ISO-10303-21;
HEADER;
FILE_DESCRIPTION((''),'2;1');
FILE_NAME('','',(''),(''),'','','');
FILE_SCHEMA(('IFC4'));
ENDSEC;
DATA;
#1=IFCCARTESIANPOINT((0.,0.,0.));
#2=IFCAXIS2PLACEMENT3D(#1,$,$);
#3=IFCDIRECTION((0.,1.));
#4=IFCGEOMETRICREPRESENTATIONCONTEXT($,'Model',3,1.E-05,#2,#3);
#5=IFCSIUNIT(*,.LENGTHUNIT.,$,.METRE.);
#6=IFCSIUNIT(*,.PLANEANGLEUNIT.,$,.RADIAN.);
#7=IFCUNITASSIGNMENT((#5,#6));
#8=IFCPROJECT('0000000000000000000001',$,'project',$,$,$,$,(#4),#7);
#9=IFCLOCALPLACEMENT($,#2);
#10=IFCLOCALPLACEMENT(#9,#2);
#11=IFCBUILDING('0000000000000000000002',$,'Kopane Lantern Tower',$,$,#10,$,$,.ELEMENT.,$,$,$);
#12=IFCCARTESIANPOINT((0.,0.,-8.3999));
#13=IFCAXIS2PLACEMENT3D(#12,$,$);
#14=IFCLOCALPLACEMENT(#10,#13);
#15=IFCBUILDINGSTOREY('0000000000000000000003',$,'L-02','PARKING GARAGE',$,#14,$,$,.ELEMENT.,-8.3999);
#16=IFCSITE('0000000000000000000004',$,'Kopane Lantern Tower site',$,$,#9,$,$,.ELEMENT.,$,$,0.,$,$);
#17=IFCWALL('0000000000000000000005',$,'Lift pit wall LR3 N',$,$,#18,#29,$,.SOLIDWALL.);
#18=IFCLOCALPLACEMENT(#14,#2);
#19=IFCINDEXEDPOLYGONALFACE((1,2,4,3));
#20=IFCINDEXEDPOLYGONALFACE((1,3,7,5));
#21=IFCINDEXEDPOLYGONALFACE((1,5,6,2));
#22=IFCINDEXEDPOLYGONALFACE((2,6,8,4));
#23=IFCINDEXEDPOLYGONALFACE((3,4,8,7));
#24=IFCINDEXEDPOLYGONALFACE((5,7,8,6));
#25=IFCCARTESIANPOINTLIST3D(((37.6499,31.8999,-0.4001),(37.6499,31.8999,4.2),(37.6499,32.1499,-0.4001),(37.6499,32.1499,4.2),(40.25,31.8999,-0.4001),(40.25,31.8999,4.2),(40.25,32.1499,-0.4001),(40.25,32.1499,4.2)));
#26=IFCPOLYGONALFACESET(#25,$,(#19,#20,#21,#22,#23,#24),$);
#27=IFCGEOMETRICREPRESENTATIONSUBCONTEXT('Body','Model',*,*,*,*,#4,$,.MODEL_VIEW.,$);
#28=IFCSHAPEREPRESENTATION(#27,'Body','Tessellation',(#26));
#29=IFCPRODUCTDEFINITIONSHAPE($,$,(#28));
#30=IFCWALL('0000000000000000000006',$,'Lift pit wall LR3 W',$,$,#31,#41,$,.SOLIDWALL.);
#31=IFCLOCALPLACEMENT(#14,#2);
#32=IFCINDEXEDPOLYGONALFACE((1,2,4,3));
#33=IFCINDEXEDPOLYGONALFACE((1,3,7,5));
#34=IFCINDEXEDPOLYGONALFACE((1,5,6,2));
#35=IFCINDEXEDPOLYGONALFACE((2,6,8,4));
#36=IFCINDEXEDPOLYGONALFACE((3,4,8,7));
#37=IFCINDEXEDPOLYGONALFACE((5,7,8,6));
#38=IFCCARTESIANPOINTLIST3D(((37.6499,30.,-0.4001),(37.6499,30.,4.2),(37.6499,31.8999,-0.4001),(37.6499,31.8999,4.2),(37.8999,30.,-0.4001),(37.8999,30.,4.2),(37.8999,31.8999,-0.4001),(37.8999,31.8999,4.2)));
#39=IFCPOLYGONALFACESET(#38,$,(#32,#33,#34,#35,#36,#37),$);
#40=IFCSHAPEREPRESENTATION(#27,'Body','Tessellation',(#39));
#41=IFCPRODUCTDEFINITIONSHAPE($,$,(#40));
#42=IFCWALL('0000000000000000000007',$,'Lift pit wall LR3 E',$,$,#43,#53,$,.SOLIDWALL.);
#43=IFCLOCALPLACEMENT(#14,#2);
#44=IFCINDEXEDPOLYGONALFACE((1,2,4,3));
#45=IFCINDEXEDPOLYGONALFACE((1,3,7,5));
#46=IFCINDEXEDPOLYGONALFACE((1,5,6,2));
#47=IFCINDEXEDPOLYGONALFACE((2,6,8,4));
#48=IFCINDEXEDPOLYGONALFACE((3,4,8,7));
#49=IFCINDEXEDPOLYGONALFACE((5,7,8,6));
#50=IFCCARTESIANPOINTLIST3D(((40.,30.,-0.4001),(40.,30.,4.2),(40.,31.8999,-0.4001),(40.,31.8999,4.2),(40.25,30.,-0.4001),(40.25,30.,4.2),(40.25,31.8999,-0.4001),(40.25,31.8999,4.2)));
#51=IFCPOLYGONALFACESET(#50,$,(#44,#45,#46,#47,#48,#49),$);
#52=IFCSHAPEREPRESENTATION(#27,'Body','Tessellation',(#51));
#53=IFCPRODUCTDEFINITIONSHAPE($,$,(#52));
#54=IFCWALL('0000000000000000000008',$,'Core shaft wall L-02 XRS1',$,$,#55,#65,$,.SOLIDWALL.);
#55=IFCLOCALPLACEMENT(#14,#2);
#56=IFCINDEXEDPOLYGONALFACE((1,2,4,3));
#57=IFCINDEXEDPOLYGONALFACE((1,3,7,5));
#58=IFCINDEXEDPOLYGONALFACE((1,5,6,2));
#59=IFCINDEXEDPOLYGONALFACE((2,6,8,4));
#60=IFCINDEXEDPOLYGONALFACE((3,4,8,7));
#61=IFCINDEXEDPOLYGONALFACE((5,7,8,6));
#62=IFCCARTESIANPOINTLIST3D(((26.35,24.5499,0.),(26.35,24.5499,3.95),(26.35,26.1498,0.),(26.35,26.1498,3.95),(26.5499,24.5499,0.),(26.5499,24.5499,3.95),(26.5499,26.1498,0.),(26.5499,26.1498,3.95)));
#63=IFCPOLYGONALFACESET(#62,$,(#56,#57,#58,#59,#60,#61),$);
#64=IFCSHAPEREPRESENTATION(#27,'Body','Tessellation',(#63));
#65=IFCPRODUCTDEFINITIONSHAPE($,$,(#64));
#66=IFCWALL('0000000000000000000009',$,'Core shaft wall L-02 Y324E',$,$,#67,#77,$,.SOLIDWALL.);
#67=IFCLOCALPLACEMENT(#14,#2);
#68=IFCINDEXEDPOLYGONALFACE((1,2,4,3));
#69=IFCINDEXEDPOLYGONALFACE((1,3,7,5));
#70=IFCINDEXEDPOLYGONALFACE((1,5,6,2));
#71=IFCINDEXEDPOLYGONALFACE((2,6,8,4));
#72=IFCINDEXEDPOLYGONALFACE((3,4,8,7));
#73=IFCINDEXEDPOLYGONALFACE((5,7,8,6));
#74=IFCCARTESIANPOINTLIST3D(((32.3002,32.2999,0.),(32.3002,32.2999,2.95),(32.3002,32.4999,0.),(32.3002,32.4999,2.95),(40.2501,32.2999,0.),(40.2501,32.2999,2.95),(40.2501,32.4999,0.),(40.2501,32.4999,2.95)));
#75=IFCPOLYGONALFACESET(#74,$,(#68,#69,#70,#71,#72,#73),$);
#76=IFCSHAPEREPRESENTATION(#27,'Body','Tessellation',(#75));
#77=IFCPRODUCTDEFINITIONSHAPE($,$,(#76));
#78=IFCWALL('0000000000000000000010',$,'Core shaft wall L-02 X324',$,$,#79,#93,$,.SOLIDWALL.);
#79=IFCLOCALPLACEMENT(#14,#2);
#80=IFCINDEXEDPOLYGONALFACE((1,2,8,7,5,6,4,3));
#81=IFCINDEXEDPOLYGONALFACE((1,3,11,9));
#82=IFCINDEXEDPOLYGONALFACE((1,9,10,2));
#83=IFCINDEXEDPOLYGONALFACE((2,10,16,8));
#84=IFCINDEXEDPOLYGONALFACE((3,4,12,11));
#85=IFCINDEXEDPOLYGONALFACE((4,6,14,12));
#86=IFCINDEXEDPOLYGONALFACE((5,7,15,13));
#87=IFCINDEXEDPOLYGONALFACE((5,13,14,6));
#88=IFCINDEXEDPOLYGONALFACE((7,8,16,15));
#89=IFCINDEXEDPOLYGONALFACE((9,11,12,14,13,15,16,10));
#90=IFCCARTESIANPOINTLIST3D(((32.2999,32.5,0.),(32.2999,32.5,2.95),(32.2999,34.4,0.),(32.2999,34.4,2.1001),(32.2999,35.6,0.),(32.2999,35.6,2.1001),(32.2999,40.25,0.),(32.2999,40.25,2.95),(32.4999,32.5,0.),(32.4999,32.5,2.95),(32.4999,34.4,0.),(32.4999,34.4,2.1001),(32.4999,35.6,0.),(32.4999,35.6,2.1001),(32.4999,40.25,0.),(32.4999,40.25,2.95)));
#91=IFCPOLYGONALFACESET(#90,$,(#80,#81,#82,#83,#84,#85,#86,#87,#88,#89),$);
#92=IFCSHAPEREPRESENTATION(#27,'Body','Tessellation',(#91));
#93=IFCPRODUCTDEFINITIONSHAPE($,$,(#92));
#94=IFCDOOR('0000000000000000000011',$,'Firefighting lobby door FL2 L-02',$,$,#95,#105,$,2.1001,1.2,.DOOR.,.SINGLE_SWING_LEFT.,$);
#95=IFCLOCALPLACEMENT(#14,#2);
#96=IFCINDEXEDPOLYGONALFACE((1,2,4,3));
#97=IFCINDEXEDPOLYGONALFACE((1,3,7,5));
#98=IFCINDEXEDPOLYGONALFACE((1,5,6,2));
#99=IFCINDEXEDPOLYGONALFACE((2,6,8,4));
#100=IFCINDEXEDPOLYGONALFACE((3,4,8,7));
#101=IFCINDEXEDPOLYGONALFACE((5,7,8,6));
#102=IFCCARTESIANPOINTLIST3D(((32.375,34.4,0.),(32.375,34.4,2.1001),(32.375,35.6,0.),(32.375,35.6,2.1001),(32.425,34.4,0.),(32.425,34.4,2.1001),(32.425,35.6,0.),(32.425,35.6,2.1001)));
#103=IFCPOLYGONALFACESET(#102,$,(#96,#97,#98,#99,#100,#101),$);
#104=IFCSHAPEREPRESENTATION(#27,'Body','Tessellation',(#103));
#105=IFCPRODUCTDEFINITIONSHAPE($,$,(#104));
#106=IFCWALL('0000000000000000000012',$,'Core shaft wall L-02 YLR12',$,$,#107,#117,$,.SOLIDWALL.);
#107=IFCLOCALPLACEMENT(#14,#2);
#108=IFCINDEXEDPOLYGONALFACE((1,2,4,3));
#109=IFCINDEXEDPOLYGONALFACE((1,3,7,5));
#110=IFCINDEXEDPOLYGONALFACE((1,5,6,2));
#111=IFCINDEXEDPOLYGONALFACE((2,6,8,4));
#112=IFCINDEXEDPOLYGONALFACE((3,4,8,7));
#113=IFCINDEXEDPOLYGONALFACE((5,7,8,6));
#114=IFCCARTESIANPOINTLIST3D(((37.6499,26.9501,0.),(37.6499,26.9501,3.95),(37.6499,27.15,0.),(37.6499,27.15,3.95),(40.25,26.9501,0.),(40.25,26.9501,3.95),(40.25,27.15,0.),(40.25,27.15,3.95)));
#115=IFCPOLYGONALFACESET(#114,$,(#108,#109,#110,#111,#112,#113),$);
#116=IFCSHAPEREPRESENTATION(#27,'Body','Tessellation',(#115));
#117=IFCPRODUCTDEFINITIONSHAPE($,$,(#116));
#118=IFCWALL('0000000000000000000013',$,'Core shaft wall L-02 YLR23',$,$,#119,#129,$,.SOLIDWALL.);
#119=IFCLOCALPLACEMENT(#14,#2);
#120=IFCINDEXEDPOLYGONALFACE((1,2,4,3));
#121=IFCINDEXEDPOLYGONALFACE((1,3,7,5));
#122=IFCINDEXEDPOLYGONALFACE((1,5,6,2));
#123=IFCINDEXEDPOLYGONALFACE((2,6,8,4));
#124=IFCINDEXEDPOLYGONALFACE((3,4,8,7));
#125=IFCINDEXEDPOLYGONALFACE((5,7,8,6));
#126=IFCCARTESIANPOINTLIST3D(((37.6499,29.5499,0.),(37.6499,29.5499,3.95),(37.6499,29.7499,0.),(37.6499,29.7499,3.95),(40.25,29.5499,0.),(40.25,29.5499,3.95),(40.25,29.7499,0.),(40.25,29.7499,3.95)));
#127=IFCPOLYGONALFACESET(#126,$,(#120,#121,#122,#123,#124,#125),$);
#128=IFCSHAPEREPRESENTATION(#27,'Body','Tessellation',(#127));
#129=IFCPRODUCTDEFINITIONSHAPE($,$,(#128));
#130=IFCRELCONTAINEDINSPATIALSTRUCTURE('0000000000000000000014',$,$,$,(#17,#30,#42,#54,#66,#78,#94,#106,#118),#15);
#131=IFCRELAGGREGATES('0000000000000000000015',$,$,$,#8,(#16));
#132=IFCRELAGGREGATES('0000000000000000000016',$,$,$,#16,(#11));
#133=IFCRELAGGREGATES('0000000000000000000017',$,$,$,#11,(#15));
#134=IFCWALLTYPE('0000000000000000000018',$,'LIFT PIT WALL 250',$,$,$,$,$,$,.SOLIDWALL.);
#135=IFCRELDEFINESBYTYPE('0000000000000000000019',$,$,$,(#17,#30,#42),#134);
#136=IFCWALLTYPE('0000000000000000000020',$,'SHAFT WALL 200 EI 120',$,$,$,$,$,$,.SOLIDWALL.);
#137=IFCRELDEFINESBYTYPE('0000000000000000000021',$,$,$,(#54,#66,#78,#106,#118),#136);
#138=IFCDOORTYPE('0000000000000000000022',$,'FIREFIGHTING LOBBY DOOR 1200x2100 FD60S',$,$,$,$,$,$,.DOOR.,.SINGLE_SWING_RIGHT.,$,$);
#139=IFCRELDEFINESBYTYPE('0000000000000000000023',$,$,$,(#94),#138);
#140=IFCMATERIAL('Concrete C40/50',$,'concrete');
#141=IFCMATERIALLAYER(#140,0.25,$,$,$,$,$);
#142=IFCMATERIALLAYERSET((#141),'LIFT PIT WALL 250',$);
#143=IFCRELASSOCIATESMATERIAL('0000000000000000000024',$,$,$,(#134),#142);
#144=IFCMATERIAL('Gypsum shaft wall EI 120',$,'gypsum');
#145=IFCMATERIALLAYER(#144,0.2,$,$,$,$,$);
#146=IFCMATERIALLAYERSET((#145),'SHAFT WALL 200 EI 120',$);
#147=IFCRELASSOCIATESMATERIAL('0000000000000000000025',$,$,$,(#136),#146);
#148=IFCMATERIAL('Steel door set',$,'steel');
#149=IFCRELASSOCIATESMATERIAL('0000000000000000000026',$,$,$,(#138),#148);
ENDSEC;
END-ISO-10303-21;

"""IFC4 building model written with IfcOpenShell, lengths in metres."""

from ifc_helpers import new_model, si_unit, direction, frame, frame_2d, origin, place, context, subcontext, project, spatial, rectangle, extrude, material, layer, layer_set, type_object, element, fill, save


model = new_model("IFC4")

# Units and contexts
model_context = context("Model", 3, precision=1e-05, world=origin(), true_north=direction((0.0, 1.0)))
body_context = subcontext(model_context, "Body", "Model", "MODEL_VIEW")
ifc_project = project(units=[si_unit("LENGTHUNIT", "METRE"), si_unit("PLANEANGLEUNIT", "RADIAN")], contexts=[model_context])

# Site, building, storey
site_placement = place(None, origin())
site = spatial("IfcSite", under=ifc_project, at=site_placement, Name="Kopane Lantern Tower site", CompositionType="ELEMENT", RefElevation=0.0)
building_placement = place(site_placement, origin())
building = spatial("IfcBuilding", under=site, at=building_placement, Name="Kopane Lantern Tower", CompositionType="ELEMENT")
storey_placement = place(building_placement, frame((0.0, 0.0, -8.3999)))
storey = spatial("IfcBuildingStorey", under=building, at=storey_placement, Name="L-02", Description="PARKING GARAGE", CompositionType="ELEMENT", Elevation=-8.3999)

# Walls
ifc_material_1 = material(Name="Concrete C40/50", Category="concrete")
ifc_layer_1 = layer(ifc_material_1, 0.25)
ifc_layer_set_1 = layer_set([ifc_layer_1], Name="LIFT PIT WALL 250")
wall_type_1 = type_object("IfcWallType", Name="LIFT PIT WALL 250", PredefinedType="SOLIDWALL", material=ifc_layer_set_1)
for number, where, z_axis, x_axis, name in (
    (1, (37.6499, 32.0249, -0.4001), (0.0, 0.0, 1.0), (1.0, 0.0, 0.0), "Lift pit wall LR3 N"),
):
    element("IfcWall", number, at=place(storey_placement, frame(where, z_axis=z_axis, x_axis=x_axis)), inside=storey, type_object=wall_type_1, Name=name, PredefinedType="SOLIDWALL", context=body_context, shape_type="SweptSolid", body=[
        extrude(rectangle(XDim=2.6001, YDim=0.25, at=frame_2d((1.3, 0.0))), origin(), (0.0, 0.0, 1.0), 4.6001),
    ])
for number, where, z_axis, x_axis, name in (
    (2, (37.7749, 30.0, -0.4001), (0.0, 0.0, 1.0), (0.0, 1.0, 0.0), "Lift pit wall LR3 W"),
    (3, (40.125, 30.0, -0.4001), (0.0, 0.0, 1.0), (0.0, 1.0, 0.0), "Lift pit wall LR3 E"),
):
    element("IfcWall", number, at=place(storey_placement, frame(where, z_axis=z_axis, x_axis=x_axis)), inside=storey, type_object=wall_type_1, Name=name, PredefinedType="SOLIDWALL", context=body_context, shape_type="SweptSolid", body=[
        extrude(rectangle(XDim=1.8999, YDim=0.25, at=frame_2d((0.95, 0.0))), origin(), (0.0, 0.0, 1.0), 4.6001),
    ])
ifc_material_2 = material(Name="Gypsum shaft wall EI 120", Category="gypsum")
ifc_layer_2 = layer(ifc_material_2, 0.2)
ifc_layer_set_2 = layer_set([ifc_layer_2], Name="SHAFT WALL 200 EI 120")
wall_type_2 = type_object("IfcWallType", Name="SHAFT WALL 200 EI 120", PredefinedType="SOLIDWALL", material=ifc_layer_set_2)
wall_1_placement = place(storey_placement, frame((26.45, 24.55, 0.0), z_axis=(0.0, 0.0, 1.0), x_axis=(0.0, 1.0, 0.0)))
element("IfcWall", 4, at=wall_1_placement, inside=storey, type_object=wall_type_2, Name="Core shaft wall L-02 XRS1", PredefinedType="SOLIDWALL", context=body_context, shape_type="SweptSolid", body=[
    extrude(rectangle(XDim=1.5999, YDim=0.2, at=frame_2d((0.7998, 0.0))), origin(), (0.0, 0.0, 1.0), 3.95),
])
wall_2_placement = place(storey_placement, frame((32.3, 32.3999, 0.0), z_axis=(0.0, 0.0, 1.0), x_axis=(1.0, 0.0, 0.0)))
element("IfcWall", 5, at=wall_2_placement, inside=storey, type_object=wall_type_2, Name="Core shaft wall L-02 Y324E", PredefinedType="SOLIDWALL", context=body_context, shape_type="SweptSolid", body=[
    extrude(rectangle(XDim=7.95, YDim=0.2, at=frame_2d((3.9751, 0.0))), origin(), (0.0, 0.0, 1.0), 2.95),
])

# Wall, opening, door
wall_3_placement = place(storey_placement, frame((32.3999, 32.5, 0.0), z_axis=(0.0, 0.0, 1.0), x_axis=(0.0, 1.0, 0.0)))
wall_3 = element("IfcWall", 6, at=wall_3_placement, inside=storey, type_object=wall_type_2, Name="Core shaft wall L-02 X324", PredefinedType="SOLIDWALL", context=body_context, shape_type="SweptSolid", body=[
    extrude(rectangle(XDim=7.75, YDim=0.2, at=frame_2d((3.875, 0.0))), origin(), (0.0, 0.0, 1.0), 2.95),
])
opening_1_placement = place(wall_3_placement, frame((1.8999, 0.0, 0.0)))
opening_1 = element("IfcOpeningElement", 7, at=opening_1_placement, cuts=wall_3, PredefinedType="OPENING", context=body_context, shape_type="SweptSolid", body=[
    extrude(rectangle(XDim=1.2, YDim=2.1001, at=frame_2d((0.6001, 1.05))), frame((0.0, 0.1099, 0.0), z_axis=(0.0, -1.0, 0.0), x_axis=(1.0, 0.0, 0.0)), (0.0, 0.0, 1.0), 0.22),
])
ifc_material_3 = material(Name="Steel door set", Category="steel")
door_type_1 = type_object("IfcDoorType", Name="FIREFIGHTING LOBBY DOOR 1200x2100 FD60S", OperationType="SINGLE_SWING_RIGHT", PredefinedType="DOOR", material=ifc_material_3)
door_1_placement = place(opening_1_placement, origin())
door_1 = element("IfcDoor", 8, at=door_1_placement, inside=storey, type_object=door_type_1, Name="Firefighting lobby door FL2 L-02", OperationType="SINGLE_SWING_LEFT", OverallHeight=2.1001, OverallWidth=1.2, PredefinedType="DOOR", context=body_context, shape_type="SweptSolid", body=[
    extrude(rectangle(XDim=1.2, YDim=2.1001, at=frame_2d((0.6001, 1.05))), frame((0.0, 0.0249, 0.0), z_axis=(0.0, -1.0, 0.0), x_axis=(1.0, 0.0, 0.0)), (0.0, 0.0, 1.0), 0.05),
])
fill(opening_1, door_1)

# Walls
for number, where, z_axis, x_axis, name in (
    (9, (37.6499, 27.05, 0.0), (0.0, 0.0, 1.0), (1.0, 0.0, 0.0), "Core shaft wall L-02 YLR12"),
    (10, (37.6499, 29.6499, 0.0), (0.0, 0.0, 1.0), (1.0, 0.0, 0.0), "Core shaft wall L-02 YLR23"),
):
    element("IfcWall", number, at=place(storey_placement, frame(where, z_axis=z_axis, x_axis=x_axis)), inside=storey, type_object=wall_type_2, Name=name, PredefinedType="SOLIDWALL", context=body_context, shape_type="SweptSolid", body=[
        extrude(rectangle(XDim=2.6001, YDim=0.2, at=frame_2d((1.3, 0.0))), origin(), (0.0, 0.0, 1.0), 3.95),
    ])

save(model, "model.ifc")
